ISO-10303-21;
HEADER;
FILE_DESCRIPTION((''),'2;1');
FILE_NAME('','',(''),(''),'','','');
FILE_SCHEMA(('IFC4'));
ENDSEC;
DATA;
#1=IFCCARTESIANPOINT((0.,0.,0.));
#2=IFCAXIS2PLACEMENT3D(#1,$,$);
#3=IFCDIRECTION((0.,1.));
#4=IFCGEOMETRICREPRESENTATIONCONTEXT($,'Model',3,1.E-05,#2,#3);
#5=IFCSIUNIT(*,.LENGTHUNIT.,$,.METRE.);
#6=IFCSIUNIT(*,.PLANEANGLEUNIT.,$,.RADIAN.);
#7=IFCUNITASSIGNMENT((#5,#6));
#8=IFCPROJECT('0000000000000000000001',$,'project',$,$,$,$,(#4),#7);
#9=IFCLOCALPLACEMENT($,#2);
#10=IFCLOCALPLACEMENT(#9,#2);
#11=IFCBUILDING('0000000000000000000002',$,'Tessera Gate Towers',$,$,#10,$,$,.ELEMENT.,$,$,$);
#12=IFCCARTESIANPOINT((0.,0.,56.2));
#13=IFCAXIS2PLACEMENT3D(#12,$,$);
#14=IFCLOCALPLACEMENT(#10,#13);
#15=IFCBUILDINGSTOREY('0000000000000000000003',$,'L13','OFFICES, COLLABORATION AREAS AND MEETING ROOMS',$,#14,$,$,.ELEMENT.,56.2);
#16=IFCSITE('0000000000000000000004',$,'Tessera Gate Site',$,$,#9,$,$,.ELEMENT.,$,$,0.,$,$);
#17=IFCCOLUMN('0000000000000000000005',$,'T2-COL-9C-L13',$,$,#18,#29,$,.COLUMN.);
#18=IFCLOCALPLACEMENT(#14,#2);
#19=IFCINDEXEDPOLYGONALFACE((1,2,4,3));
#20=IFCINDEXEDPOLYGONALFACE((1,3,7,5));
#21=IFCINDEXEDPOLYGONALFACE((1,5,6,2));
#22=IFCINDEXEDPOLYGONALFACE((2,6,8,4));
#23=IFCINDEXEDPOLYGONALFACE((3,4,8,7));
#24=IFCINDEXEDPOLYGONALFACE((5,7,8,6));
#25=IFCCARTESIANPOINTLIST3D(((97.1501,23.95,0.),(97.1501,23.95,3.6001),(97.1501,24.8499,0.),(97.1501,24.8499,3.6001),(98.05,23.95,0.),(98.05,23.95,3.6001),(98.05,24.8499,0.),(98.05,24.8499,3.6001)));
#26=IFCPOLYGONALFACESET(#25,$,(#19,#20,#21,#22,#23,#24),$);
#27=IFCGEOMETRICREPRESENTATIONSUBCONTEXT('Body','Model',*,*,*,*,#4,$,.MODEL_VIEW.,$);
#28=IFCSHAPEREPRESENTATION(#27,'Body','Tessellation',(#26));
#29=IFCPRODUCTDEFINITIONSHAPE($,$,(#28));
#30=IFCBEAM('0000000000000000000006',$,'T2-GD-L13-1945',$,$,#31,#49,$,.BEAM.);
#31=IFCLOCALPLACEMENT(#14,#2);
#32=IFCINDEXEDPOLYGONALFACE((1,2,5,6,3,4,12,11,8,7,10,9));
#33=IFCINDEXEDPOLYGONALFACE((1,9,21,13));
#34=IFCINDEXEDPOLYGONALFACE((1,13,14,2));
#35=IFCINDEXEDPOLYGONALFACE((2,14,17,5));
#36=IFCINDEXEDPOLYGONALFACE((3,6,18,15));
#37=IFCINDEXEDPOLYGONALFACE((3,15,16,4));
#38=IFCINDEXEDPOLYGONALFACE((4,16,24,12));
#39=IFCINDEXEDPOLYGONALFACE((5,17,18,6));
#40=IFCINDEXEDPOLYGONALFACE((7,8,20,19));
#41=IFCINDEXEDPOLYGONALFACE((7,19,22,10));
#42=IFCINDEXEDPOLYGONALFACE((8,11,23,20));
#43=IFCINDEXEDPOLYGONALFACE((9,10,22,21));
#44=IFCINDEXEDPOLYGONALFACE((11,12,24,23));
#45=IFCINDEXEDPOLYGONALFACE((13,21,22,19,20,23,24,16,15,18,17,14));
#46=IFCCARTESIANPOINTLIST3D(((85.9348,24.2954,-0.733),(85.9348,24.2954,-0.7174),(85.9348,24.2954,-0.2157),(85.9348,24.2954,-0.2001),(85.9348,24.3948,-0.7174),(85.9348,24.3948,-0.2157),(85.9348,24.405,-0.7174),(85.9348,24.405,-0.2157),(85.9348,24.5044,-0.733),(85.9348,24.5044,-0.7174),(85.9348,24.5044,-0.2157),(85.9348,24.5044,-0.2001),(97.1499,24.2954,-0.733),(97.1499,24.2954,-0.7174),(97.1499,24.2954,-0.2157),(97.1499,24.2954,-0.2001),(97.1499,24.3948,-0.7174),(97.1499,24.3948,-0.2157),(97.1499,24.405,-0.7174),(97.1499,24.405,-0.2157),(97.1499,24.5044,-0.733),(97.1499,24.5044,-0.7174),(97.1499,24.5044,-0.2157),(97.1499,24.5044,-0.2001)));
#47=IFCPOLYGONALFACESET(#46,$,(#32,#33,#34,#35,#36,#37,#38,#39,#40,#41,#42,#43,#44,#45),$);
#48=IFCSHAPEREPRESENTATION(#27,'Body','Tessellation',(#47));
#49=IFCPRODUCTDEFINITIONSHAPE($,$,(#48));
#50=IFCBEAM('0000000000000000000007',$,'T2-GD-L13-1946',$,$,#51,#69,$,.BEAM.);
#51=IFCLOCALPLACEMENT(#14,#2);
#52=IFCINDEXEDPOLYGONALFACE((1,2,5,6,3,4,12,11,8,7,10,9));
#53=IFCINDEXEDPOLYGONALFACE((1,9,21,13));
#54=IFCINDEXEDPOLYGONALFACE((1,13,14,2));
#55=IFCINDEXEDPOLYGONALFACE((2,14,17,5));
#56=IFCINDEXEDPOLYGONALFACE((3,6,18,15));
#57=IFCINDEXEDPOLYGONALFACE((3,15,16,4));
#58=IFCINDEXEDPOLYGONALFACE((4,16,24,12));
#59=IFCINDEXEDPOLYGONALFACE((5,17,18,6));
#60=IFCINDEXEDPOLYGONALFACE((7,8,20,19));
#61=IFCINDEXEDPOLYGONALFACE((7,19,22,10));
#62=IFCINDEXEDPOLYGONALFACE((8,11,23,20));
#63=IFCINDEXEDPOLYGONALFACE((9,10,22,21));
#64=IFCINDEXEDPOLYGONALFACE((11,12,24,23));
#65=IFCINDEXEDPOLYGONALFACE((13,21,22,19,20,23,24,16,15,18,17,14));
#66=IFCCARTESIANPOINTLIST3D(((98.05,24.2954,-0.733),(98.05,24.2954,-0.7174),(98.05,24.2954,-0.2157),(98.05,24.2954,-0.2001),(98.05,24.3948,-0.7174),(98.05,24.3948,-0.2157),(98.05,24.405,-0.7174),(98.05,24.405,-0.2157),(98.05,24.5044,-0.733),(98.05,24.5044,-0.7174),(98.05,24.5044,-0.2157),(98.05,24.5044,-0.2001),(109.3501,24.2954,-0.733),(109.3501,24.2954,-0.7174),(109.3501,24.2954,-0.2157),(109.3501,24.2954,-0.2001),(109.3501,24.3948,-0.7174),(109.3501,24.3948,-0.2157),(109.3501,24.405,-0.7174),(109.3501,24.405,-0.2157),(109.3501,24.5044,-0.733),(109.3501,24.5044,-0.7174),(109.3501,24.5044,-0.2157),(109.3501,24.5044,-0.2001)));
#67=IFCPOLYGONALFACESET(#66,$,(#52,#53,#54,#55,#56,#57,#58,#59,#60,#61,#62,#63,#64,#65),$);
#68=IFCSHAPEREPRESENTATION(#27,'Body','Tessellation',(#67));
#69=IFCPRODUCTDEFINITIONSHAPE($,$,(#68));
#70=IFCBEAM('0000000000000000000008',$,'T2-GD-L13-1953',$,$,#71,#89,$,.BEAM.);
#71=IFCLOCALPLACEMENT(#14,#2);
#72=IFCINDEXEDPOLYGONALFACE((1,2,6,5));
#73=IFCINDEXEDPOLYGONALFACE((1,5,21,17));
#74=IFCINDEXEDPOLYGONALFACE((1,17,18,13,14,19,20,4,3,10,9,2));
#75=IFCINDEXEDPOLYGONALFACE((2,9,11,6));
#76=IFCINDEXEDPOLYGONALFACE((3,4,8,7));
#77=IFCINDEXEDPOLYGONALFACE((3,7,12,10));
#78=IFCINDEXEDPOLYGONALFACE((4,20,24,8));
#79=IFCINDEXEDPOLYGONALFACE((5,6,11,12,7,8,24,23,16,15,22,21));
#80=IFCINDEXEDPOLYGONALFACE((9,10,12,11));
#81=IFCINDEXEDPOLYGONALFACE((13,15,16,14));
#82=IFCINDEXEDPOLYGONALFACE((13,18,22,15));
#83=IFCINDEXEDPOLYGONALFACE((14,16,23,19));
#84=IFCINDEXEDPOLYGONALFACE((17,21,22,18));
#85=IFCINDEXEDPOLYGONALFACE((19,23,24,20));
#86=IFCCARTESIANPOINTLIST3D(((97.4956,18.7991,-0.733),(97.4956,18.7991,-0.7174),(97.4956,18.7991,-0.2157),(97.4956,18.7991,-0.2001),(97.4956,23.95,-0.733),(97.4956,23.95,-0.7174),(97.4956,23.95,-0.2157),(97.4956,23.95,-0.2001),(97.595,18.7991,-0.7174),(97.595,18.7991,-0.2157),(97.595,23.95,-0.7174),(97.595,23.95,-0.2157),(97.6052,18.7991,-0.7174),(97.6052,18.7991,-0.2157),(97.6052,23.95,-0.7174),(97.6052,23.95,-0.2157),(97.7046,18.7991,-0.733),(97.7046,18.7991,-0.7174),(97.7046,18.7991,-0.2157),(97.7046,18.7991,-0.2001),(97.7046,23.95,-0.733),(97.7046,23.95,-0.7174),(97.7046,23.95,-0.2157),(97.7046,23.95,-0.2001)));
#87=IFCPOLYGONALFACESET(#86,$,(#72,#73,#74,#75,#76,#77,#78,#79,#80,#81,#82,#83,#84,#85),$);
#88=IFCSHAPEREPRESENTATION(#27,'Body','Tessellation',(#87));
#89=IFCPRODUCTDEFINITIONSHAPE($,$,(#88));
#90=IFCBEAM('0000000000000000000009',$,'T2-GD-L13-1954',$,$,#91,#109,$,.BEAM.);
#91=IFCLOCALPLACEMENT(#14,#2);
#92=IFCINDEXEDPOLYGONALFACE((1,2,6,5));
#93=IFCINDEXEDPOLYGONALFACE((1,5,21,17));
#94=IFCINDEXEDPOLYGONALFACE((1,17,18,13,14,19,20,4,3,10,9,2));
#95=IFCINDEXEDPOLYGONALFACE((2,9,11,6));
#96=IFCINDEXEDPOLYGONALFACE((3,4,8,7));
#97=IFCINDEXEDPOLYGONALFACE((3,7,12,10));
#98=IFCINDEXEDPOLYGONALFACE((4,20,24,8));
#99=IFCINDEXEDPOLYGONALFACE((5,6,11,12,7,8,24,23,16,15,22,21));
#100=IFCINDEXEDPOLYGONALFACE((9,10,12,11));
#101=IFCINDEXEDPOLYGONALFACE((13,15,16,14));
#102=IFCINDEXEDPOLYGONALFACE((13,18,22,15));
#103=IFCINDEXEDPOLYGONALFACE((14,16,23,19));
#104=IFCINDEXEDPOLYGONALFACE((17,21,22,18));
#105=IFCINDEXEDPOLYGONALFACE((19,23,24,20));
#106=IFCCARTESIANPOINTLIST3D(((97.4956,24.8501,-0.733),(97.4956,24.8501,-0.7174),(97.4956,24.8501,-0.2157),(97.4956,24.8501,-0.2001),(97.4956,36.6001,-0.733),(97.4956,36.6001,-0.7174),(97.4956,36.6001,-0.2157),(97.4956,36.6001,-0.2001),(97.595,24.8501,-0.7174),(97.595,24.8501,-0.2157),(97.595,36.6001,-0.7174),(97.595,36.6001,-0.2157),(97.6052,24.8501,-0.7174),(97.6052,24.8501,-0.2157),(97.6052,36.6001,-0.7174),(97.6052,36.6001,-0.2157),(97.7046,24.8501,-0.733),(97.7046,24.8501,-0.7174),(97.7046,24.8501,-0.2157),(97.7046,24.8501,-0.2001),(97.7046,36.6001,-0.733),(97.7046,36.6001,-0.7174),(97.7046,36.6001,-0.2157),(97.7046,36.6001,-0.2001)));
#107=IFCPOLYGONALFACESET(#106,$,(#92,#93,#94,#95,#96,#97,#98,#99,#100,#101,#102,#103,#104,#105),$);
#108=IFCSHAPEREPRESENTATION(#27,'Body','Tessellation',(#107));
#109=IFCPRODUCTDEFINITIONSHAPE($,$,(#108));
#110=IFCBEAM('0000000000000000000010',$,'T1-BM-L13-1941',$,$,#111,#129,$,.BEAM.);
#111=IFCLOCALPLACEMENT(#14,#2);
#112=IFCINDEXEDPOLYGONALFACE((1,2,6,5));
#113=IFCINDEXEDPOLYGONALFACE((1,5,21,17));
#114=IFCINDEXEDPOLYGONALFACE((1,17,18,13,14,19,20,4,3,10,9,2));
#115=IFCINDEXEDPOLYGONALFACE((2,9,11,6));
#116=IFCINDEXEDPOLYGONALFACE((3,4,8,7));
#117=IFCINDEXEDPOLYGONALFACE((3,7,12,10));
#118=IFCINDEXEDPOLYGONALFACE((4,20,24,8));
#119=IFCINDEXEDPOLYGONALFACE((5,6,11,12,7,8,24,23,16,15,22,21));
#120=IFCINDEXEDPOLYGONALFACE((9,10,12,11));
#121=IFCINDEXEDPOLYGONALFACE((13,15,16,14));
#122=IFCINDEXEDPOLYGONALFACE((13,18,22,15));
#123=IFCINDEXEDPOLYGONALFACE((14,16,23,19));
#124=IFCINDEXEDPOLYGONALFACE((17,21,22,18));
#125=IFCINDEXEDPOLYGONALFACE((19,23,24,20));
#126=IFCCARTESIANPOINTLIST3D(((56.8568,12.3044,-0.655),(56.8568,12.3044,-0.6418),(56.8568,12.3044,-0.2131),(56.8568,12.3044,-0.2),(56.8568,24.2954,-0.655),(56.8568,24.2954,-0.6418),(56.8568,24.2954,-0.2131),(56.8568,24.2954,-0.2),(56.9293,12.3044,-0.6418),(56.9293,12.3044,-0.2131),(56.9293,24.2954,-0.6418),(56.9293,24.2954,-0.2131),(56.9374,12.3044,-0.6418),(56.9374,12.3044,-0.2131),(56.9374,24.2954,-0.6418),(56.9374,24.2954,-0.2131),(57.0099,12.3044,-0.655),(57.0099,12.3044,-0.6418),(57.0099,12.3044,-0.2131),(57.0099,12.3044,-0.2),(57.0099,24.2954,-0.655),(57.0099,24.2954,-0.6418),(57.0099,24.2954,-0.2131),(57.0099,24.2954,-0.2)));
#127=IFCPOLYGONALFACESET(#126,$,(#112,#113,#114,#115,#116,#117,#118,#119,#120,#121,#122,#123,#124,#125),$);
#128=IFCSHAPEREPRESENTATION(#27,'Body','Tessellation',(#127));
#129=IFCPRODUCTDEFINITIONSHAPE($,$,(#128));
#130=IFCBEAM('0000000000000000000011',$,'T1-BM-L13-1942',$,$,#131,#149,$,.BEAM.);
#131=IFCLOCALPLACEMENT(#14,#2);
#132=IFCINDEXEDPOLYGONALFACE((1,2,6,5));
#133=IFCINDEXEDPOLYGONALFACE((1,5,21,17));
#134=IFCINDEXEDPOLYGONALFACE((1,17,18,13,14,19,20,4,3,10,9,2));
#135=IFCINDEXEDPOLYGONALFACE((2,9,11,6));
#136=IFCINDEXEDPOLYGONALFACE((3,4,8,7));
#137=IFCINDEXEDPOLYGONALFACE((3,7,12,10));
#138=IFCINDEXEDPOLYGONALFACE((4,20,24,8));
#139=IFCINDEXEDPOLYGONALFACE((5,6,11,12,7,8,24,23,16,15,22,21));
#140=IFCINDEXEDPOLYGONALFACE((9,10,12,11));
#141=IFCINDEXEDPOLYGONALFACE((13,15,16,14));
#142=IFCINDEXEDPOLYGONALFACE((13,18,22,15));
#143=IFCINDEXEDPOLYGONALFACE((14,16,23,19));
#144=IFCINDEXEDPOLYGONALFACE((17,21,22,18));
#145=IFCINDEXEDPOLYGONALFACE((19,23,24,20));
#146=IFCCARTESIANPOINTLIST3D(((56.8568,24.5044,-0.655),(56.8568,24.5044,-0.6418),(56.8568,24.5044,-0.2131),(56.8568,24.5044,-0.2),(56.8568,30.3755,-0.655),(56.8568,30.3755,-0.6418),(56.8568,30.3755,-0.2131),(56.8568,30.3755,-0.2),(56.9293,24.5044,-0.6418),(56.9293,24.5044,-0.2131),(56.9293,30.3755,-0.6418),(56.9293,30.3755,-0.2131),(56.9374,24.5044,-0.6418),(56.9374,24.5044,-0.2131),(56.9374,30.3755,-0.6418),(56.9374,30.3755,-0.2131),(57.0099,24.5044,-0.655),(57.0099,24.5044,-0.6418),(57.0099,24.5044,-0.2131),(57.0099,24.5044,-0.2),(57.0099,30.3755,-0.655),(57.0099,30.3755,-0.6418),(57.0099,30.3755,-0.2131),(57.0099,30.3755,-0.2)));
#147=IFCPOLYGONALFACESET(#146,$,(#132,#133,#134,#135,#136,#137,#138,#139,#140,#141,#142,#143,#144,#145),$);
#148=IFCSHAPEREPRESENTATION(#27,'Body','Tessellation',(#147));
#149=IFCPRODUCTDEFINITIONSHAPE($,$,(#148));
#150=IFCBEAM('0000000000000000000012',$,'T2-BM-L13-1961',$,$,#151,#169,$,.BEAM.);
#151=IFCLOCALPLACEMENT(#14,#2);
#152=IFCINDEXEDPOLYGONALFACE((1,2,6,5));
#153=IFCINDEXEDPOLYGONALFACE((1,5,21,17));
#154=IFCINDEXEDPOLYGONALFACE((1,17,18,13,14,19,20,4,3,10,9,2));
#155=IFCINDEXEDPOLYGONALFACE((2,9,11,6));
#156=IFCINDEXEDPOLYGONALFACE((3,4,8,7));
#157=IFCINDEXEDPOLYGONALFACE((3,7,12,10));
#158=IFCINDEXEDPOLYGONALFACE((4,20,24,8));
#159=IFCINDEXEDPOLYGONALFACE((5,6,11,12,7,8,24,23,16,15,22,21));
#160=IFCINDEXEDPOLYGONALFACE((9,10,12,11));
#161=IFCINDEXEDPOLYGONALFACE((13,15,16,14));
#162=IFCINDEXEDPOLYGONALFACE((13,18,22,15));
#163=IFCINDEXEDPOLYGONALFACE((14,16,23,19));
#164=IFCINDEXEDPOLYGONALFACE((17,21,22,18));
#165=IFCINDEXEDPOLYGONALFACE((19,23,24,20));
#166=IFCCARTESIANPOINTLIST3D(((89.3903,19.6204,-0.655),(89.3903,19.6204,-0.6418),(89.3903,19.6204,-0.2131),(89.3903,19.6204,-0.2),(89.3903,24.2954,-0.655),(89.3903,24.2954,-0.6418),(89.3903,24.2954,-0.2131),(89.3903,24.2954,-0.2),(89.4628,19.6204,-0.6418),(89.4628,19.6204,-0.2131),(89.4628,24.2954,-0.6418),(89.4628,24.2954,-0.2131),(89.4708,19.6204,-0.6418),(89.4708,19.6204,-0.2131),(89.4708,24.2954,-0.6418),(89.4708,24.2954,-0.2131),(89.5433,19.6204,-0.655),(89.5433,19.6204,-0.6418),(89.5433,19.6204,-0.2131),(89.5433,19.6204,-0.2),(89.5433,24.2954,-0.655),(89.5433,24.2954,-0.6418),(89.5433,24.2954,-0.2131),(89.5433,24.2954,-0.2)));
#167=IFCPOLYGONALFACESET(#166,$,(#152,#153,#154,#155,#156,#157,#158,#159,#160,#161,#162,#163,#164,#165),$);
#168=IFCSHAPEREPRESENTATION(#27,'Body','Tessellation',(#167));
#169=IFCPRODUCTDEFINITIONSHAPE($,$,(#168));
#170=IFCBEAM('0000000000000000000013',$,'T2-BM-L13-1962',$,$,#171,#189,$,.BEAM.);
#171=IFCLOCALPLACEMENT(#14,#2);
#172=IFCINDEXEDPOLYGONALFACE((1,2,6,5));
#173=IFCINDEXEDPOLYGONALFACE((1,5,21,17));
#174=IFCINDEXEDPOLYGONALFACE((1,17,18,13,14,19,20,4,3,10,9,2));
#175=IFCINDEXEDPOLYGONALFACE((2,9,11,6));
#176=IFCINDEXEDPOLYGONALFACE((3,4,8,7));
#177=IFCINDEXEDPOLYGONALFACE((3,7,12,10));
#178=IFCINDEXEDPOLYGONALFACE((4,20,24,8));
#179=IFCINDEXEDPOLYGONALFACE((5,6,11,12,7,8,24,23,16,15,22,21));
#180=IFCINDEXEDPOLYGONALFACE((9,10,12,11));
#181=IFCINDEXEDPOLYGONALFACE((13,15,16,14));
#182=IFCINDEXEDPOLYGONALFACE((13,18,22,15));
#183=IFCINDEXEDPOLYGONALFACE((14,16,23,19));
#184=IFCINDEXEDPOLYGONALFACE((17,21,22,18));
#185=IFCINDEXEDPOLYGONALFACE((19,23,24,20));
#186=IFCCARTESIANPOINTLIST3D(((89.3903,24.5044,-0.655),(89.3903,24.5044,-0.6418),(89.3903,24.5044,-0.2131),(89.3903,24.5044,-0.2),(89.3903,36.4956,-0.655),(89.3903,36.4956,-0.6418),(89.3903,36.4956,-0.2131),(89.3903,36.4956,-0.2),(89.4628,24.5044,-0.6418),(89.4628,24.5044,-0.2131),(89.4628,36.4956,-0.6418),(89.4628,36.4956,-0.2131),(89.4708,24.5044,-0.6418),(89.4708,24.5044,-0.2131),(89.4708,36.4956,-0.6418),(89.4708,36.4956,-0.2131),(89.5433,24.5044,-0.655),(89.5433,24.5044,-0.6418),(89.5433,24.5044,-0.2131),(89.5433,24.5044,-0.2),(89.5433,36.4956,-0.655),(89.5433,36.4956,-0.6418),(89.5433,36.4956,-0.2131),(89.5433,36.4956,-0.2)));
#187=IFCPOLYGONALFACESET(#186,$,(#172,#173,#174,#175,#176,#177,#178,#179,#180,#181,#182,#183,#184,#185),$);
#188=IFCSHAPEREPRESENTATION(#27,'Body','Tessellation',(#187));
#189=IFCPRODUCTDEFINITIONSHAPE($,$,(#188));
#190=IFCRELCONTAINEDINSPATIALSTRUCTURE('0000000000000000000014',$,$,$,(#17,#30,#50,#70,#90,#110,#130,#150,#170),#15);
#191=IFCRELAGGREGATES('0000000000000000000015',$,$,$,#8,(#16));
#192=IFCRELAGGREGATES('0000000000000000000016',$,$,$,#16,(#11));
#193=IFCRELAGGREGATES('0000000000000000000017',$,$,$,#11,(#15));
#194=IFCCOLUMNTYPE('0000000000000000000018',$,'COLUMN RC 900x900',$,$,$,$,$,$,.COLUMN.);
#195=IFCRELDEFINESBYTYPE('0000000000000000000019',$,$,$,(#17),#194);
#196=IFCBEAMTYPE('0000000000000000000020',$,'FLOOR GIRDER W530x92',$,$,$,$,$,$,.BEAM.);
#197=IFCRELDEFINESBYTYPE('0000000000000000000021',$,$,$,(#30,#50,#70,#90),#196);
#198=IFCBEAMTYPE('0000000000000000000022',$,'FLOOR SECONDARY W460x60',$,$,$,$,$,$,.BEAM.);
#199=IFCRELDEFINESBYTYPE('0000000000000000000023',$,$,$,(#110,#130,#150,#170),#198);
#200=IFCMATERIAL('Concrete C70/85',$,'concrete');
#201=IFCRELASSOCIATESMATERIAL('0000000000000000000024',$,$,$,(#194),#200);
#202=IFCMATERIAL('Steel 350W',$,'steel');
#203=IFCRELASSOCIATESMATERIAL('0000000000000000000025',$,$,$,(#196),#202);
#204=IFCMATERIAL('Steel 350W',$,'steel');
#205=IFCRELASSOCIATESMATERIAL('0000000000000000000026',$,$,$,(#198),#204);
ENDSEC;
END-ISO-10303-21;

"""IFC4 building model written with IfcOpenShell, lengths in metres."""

from ifc_helpers import new_model, si_unit, direction, frame, origin, origin_2d, place, context, subcontext, project, spatial, rectangle, i_section, extrude, material, material_profile, profile_set, type_object, element, save


model = new_model("IFC4")

# Units and contexts
model_context = context("Model", 3, precision=1e-05, world=origin(), true_north=direction((0.0, 1.0)))
body_context = subcontext(model_context, "Body", "Model", "MODEL_VIEW")
ifc_project = project(units=[si_unit("LENGTHUNIT", "METRE"), si_unit("PLANEANGLEUNIT", "RADIAN")], contexts=[model_context])

# Site, building, storey
site_placement = place(None, origin())
site = spatial("IfcSite", under=ifc_project, at=site_placement, Name="Tessera Gate Site", CompositionType="ELEMENT", RefElevation=0.0)
building_placement = place(site_placement, origin())
building = spatial("IfcBuilding", under=site, at=building_placement, Name="Tessera Gate Towers", CompositionType="ELEMENT")
storey_placement = place(building_placement, frame((0.0, 0.0, 56.2)))
storey = spatial("IfcBuildingStorey", under=building, at=storey_placement, Name="L13", Description="OFFICES, COLLABORATION AREAS AND MEETING ROOMS", CompositionType="ELEMENT", Elevation=56.2)

# Column
ifc_material_1 = material(Name="Concrete C70/85", Category="concrete")
ifc_material_profile_1 = material_profile(ifc_material_1, rectangle(XDim=0.8999, YDim=0.8999, at=origin_2d()), Name="RC 900x900")
ifc_profile_set_1 = profile_set([ifc_material_profile_1], Name="Concrete C70/85")
column_type = type_object("IfcColumnType", Name="COLUMN RC 900x900", PredefinedType="COLUMN", material=ifc_profile_set_1)
column_placement = place(storey_placement, frame((97.6001, 24.3999, 0.0), z_axis=(0.0, 0.0, 1.0), x_axis=(1.0, 0.0, 0.0)))
element("IfcColumn", 1, at=column_placement, inside=storey, type_object=column_type, Name="T2-COL-9C-L13", PredefinedType="COLUMN", context=body_context, shape_type="SweptSolid", body=[
    extrude(rectangle(XDim=0.8999, YDim=0.8999, at=origin_2d()), origin(), (0.0, 0.0, 1.0), 3.6001),
])

# Beams
ifc_material_2 = material(Name="Steel 350W", Category="steel")
ifc_material_profile_2 = material_profile(ifc_material_2, i_section(OverallWidth=0.209, OverallDepth=0.533, WebThickness=0.0103, FlangeThickness=0.0156, at=origin_2d()), Name="W530x92")
ifc_profile_set_2 = profile_set([ifc_material_profile_2], Name="Steel 350W")
beam_type_1 = type_object("IfcBeamType", Name="FLOOR GIRDER W530x92", PredefinedType="BEAM", material=ifc_profile_set_2)
beam_1_placement = place(storey_placement, frame((85.9348, 24.3999, -0.4666), z_axis=(1.0, 0.0, 0.0), x_axis=(0.0, 1.0, 0.0)))
element("IfcBeam", 2, at=beam_1_placement, inside=storey, type_object=beam_type_1, Name="T2-GD-L13-1945", PredefinedType="BEAM", context=body_context, shape_type="SweptSolid", body=[
    extrude(i_section(OverallWidth=0.209, OverallDepth=0.533, WebThickness=0.0103, FlangeThickness=0.0156, at=origin_2d()), origin(), (0.0, 0.0, 1.0), 11.2151),
])
beam_2_placement = place(storey_placement, frame((98.05, 24.3999, -0.4666), z_axis=(1.0, 0.0, 0.0), x_axis=(0.0, 1.0, 0.0)))
element("IfcBeam", 3, at=beam_2_placement, inside=storey, type_object=beam_type_1, Name="T2-GD-L13-1946", PredefinedType="BEAM", context=body_context, shape_type="SweptSolid", body=[
    extrude(i_section(OverallWidth=0.209, OverallDepth=0.533, WebThickness=0.0103, FlangeThickness=0.0156, at=origin_2d()), origin(), (0.0, 0.0, 1.0), 11.3),
])
beam_3_placement = place(storey_placement, frame((97.6001, 18.7991, -0.4666), z_axis=(0.0, 1.0, 0.0), x_axis=(-1.0, 0.0, 0.0)))
element("IfcBeam", 4, at=beam_3_placement, inside=storey, type_object=beam_type_1, Name="T2-GD-L13-1953", PredefinedType="BEAM", context=body_context, shape_type="SweptSolid", body=[
    extrude(i_section(OverallWidth=0.209, OverallDepth=0.533, WebThickness=0.0103, FlangeThickness=0.0156, at=origin_2d()), origin(), (0.0, 0.0, 1.0), 5.1509),
])
beam_4_placement = place(storey_placement, frame((97.6001, 24.8501, -0.4666), z_axis=(0.0, 1.0, 0.0), x_axis=(-1.0, 0.0, 0.0)))
element("IfcBeam", 5, at=beam_4_placement, inside=storey, type_object=beam_type_1, Name="T2-GD-L13-1954", PredefinedType="BEAM", context=body_context, shape_type="SweptSolid", body=[
    extrude(i_section(OverallWidth=0.209, OverallDepth=0.533, WebThickness=0.0103, FlangeThickness=0.0156, at=origin_2d()), origin(), (0.0, 0.0, 1.0), 11.75),
])
ifc_material_3 = material(Name="Steel 350W", Category="steel")
ifc_material_profile_3 = material_profile(ifc_material_3, i_section(OverallWidth=0.1531, OverallDepth=0.4551, WebThickness=0.0081, FlangeThickness=0.0132, at=origin_2d()), Name="W460x60")
ifc_profile_set_3 = profile_set([ifc_material_profile_3], Name="Steel 350W")
beam_type_2 = type_object("IfcBeamType", Name="FLOOR SECONDARY W460x60", PredefinedType="BEAM", material=ifc_profile_set_3)
beam_5_placement = place(storey_placement, frame((56.9333, 12.3044, -0.4275), z_axis=(0.0, 1.0, 0.0), x_axis=(-1.0, 0.0, 0.0)))
element("IfcBeam", 6, at=beam_5_placement, inside=storey, type_object=beam_type_2, Name="T1-BM-L13-1941", PredefinedType="BEAM", context=body_context, shape_type="SweptSolid", body=[
    extrude(i_section(OverallWidth=0.1531, OverallDepth=0.4551, WebThickness=0.0081, FlangeThickness=0.0132, at=origin_2d()), origin(), (0.0, 0.0, 1.0), 11.991),
])
beam_6_placement = place(storey_placement, frame((56.9333, 24.5044, -0.4275), z_axis=(0.0, 1.0, 0.0), x_axis=(-1.0, 0.0, 0.0)))
element("IfcBeam", 7, at=beam_6_placement, inside=storey, type_object=beam_type_2, Name="T1-BM-L13-1942", PredefinedType="BEAM", context=body_context, shape_type="SweptSolid", body=[
    extrude(i_section(OverallWidth=0.1531, OverallDepth=0.4551, WebThickness=0.0081, FlangeThickness=0.0132, at=origin_2d()), origin(), (0.0, 0.0, 1.0), 5.8711),
])
beam_7_placement = place(storey_placement, frame((89.4668, 19.6204, -0.4275), z_axis=(0.0, 1.0, 0.0), x_axis=(-1.0, 0.0, 0.0)))
element("IfcBeam", 8, at=beam_7_placement, inside=storey, type_object=beam_type_2, Name="T2-BM-L13-1961", PredefinedType="BEAM", context=body_context, shape_type="SweptSolid", body=[
    extrude(i_section(OverallWidth=0.1531, OverallDepth=0.4551, WebThickness=0.0081, FlangeThickness=0.0132, at=origin_2d()), origin(), (0.0, 0.0, 1.0), 4.675),
])
beam_8_placement = place(storey_placement, frame((89.4668, 24.5044, -0.4275), z_axis=(0.0, 1.0, 0.0), x_axis=(-1.0, 0.0, 0.0)))
element("IfcBeam", 9, at=beam_8_placement, inside=storey, type_object=beam_type_2, Name="T2-BM-L13-1962", PredefinedType="BEAM", context=body_context, shape_type="SweptSolid", body=[
    extrude(i_section(OverallWidth=0.1531, OverallDepth=0.4551, WebThickness=0.0081, FlangeThickness=0.0132, at=origin_2d()), origin(), (0.0, 0.0, 1.0), 11.9912),
])

save(model, "model.ifc")
